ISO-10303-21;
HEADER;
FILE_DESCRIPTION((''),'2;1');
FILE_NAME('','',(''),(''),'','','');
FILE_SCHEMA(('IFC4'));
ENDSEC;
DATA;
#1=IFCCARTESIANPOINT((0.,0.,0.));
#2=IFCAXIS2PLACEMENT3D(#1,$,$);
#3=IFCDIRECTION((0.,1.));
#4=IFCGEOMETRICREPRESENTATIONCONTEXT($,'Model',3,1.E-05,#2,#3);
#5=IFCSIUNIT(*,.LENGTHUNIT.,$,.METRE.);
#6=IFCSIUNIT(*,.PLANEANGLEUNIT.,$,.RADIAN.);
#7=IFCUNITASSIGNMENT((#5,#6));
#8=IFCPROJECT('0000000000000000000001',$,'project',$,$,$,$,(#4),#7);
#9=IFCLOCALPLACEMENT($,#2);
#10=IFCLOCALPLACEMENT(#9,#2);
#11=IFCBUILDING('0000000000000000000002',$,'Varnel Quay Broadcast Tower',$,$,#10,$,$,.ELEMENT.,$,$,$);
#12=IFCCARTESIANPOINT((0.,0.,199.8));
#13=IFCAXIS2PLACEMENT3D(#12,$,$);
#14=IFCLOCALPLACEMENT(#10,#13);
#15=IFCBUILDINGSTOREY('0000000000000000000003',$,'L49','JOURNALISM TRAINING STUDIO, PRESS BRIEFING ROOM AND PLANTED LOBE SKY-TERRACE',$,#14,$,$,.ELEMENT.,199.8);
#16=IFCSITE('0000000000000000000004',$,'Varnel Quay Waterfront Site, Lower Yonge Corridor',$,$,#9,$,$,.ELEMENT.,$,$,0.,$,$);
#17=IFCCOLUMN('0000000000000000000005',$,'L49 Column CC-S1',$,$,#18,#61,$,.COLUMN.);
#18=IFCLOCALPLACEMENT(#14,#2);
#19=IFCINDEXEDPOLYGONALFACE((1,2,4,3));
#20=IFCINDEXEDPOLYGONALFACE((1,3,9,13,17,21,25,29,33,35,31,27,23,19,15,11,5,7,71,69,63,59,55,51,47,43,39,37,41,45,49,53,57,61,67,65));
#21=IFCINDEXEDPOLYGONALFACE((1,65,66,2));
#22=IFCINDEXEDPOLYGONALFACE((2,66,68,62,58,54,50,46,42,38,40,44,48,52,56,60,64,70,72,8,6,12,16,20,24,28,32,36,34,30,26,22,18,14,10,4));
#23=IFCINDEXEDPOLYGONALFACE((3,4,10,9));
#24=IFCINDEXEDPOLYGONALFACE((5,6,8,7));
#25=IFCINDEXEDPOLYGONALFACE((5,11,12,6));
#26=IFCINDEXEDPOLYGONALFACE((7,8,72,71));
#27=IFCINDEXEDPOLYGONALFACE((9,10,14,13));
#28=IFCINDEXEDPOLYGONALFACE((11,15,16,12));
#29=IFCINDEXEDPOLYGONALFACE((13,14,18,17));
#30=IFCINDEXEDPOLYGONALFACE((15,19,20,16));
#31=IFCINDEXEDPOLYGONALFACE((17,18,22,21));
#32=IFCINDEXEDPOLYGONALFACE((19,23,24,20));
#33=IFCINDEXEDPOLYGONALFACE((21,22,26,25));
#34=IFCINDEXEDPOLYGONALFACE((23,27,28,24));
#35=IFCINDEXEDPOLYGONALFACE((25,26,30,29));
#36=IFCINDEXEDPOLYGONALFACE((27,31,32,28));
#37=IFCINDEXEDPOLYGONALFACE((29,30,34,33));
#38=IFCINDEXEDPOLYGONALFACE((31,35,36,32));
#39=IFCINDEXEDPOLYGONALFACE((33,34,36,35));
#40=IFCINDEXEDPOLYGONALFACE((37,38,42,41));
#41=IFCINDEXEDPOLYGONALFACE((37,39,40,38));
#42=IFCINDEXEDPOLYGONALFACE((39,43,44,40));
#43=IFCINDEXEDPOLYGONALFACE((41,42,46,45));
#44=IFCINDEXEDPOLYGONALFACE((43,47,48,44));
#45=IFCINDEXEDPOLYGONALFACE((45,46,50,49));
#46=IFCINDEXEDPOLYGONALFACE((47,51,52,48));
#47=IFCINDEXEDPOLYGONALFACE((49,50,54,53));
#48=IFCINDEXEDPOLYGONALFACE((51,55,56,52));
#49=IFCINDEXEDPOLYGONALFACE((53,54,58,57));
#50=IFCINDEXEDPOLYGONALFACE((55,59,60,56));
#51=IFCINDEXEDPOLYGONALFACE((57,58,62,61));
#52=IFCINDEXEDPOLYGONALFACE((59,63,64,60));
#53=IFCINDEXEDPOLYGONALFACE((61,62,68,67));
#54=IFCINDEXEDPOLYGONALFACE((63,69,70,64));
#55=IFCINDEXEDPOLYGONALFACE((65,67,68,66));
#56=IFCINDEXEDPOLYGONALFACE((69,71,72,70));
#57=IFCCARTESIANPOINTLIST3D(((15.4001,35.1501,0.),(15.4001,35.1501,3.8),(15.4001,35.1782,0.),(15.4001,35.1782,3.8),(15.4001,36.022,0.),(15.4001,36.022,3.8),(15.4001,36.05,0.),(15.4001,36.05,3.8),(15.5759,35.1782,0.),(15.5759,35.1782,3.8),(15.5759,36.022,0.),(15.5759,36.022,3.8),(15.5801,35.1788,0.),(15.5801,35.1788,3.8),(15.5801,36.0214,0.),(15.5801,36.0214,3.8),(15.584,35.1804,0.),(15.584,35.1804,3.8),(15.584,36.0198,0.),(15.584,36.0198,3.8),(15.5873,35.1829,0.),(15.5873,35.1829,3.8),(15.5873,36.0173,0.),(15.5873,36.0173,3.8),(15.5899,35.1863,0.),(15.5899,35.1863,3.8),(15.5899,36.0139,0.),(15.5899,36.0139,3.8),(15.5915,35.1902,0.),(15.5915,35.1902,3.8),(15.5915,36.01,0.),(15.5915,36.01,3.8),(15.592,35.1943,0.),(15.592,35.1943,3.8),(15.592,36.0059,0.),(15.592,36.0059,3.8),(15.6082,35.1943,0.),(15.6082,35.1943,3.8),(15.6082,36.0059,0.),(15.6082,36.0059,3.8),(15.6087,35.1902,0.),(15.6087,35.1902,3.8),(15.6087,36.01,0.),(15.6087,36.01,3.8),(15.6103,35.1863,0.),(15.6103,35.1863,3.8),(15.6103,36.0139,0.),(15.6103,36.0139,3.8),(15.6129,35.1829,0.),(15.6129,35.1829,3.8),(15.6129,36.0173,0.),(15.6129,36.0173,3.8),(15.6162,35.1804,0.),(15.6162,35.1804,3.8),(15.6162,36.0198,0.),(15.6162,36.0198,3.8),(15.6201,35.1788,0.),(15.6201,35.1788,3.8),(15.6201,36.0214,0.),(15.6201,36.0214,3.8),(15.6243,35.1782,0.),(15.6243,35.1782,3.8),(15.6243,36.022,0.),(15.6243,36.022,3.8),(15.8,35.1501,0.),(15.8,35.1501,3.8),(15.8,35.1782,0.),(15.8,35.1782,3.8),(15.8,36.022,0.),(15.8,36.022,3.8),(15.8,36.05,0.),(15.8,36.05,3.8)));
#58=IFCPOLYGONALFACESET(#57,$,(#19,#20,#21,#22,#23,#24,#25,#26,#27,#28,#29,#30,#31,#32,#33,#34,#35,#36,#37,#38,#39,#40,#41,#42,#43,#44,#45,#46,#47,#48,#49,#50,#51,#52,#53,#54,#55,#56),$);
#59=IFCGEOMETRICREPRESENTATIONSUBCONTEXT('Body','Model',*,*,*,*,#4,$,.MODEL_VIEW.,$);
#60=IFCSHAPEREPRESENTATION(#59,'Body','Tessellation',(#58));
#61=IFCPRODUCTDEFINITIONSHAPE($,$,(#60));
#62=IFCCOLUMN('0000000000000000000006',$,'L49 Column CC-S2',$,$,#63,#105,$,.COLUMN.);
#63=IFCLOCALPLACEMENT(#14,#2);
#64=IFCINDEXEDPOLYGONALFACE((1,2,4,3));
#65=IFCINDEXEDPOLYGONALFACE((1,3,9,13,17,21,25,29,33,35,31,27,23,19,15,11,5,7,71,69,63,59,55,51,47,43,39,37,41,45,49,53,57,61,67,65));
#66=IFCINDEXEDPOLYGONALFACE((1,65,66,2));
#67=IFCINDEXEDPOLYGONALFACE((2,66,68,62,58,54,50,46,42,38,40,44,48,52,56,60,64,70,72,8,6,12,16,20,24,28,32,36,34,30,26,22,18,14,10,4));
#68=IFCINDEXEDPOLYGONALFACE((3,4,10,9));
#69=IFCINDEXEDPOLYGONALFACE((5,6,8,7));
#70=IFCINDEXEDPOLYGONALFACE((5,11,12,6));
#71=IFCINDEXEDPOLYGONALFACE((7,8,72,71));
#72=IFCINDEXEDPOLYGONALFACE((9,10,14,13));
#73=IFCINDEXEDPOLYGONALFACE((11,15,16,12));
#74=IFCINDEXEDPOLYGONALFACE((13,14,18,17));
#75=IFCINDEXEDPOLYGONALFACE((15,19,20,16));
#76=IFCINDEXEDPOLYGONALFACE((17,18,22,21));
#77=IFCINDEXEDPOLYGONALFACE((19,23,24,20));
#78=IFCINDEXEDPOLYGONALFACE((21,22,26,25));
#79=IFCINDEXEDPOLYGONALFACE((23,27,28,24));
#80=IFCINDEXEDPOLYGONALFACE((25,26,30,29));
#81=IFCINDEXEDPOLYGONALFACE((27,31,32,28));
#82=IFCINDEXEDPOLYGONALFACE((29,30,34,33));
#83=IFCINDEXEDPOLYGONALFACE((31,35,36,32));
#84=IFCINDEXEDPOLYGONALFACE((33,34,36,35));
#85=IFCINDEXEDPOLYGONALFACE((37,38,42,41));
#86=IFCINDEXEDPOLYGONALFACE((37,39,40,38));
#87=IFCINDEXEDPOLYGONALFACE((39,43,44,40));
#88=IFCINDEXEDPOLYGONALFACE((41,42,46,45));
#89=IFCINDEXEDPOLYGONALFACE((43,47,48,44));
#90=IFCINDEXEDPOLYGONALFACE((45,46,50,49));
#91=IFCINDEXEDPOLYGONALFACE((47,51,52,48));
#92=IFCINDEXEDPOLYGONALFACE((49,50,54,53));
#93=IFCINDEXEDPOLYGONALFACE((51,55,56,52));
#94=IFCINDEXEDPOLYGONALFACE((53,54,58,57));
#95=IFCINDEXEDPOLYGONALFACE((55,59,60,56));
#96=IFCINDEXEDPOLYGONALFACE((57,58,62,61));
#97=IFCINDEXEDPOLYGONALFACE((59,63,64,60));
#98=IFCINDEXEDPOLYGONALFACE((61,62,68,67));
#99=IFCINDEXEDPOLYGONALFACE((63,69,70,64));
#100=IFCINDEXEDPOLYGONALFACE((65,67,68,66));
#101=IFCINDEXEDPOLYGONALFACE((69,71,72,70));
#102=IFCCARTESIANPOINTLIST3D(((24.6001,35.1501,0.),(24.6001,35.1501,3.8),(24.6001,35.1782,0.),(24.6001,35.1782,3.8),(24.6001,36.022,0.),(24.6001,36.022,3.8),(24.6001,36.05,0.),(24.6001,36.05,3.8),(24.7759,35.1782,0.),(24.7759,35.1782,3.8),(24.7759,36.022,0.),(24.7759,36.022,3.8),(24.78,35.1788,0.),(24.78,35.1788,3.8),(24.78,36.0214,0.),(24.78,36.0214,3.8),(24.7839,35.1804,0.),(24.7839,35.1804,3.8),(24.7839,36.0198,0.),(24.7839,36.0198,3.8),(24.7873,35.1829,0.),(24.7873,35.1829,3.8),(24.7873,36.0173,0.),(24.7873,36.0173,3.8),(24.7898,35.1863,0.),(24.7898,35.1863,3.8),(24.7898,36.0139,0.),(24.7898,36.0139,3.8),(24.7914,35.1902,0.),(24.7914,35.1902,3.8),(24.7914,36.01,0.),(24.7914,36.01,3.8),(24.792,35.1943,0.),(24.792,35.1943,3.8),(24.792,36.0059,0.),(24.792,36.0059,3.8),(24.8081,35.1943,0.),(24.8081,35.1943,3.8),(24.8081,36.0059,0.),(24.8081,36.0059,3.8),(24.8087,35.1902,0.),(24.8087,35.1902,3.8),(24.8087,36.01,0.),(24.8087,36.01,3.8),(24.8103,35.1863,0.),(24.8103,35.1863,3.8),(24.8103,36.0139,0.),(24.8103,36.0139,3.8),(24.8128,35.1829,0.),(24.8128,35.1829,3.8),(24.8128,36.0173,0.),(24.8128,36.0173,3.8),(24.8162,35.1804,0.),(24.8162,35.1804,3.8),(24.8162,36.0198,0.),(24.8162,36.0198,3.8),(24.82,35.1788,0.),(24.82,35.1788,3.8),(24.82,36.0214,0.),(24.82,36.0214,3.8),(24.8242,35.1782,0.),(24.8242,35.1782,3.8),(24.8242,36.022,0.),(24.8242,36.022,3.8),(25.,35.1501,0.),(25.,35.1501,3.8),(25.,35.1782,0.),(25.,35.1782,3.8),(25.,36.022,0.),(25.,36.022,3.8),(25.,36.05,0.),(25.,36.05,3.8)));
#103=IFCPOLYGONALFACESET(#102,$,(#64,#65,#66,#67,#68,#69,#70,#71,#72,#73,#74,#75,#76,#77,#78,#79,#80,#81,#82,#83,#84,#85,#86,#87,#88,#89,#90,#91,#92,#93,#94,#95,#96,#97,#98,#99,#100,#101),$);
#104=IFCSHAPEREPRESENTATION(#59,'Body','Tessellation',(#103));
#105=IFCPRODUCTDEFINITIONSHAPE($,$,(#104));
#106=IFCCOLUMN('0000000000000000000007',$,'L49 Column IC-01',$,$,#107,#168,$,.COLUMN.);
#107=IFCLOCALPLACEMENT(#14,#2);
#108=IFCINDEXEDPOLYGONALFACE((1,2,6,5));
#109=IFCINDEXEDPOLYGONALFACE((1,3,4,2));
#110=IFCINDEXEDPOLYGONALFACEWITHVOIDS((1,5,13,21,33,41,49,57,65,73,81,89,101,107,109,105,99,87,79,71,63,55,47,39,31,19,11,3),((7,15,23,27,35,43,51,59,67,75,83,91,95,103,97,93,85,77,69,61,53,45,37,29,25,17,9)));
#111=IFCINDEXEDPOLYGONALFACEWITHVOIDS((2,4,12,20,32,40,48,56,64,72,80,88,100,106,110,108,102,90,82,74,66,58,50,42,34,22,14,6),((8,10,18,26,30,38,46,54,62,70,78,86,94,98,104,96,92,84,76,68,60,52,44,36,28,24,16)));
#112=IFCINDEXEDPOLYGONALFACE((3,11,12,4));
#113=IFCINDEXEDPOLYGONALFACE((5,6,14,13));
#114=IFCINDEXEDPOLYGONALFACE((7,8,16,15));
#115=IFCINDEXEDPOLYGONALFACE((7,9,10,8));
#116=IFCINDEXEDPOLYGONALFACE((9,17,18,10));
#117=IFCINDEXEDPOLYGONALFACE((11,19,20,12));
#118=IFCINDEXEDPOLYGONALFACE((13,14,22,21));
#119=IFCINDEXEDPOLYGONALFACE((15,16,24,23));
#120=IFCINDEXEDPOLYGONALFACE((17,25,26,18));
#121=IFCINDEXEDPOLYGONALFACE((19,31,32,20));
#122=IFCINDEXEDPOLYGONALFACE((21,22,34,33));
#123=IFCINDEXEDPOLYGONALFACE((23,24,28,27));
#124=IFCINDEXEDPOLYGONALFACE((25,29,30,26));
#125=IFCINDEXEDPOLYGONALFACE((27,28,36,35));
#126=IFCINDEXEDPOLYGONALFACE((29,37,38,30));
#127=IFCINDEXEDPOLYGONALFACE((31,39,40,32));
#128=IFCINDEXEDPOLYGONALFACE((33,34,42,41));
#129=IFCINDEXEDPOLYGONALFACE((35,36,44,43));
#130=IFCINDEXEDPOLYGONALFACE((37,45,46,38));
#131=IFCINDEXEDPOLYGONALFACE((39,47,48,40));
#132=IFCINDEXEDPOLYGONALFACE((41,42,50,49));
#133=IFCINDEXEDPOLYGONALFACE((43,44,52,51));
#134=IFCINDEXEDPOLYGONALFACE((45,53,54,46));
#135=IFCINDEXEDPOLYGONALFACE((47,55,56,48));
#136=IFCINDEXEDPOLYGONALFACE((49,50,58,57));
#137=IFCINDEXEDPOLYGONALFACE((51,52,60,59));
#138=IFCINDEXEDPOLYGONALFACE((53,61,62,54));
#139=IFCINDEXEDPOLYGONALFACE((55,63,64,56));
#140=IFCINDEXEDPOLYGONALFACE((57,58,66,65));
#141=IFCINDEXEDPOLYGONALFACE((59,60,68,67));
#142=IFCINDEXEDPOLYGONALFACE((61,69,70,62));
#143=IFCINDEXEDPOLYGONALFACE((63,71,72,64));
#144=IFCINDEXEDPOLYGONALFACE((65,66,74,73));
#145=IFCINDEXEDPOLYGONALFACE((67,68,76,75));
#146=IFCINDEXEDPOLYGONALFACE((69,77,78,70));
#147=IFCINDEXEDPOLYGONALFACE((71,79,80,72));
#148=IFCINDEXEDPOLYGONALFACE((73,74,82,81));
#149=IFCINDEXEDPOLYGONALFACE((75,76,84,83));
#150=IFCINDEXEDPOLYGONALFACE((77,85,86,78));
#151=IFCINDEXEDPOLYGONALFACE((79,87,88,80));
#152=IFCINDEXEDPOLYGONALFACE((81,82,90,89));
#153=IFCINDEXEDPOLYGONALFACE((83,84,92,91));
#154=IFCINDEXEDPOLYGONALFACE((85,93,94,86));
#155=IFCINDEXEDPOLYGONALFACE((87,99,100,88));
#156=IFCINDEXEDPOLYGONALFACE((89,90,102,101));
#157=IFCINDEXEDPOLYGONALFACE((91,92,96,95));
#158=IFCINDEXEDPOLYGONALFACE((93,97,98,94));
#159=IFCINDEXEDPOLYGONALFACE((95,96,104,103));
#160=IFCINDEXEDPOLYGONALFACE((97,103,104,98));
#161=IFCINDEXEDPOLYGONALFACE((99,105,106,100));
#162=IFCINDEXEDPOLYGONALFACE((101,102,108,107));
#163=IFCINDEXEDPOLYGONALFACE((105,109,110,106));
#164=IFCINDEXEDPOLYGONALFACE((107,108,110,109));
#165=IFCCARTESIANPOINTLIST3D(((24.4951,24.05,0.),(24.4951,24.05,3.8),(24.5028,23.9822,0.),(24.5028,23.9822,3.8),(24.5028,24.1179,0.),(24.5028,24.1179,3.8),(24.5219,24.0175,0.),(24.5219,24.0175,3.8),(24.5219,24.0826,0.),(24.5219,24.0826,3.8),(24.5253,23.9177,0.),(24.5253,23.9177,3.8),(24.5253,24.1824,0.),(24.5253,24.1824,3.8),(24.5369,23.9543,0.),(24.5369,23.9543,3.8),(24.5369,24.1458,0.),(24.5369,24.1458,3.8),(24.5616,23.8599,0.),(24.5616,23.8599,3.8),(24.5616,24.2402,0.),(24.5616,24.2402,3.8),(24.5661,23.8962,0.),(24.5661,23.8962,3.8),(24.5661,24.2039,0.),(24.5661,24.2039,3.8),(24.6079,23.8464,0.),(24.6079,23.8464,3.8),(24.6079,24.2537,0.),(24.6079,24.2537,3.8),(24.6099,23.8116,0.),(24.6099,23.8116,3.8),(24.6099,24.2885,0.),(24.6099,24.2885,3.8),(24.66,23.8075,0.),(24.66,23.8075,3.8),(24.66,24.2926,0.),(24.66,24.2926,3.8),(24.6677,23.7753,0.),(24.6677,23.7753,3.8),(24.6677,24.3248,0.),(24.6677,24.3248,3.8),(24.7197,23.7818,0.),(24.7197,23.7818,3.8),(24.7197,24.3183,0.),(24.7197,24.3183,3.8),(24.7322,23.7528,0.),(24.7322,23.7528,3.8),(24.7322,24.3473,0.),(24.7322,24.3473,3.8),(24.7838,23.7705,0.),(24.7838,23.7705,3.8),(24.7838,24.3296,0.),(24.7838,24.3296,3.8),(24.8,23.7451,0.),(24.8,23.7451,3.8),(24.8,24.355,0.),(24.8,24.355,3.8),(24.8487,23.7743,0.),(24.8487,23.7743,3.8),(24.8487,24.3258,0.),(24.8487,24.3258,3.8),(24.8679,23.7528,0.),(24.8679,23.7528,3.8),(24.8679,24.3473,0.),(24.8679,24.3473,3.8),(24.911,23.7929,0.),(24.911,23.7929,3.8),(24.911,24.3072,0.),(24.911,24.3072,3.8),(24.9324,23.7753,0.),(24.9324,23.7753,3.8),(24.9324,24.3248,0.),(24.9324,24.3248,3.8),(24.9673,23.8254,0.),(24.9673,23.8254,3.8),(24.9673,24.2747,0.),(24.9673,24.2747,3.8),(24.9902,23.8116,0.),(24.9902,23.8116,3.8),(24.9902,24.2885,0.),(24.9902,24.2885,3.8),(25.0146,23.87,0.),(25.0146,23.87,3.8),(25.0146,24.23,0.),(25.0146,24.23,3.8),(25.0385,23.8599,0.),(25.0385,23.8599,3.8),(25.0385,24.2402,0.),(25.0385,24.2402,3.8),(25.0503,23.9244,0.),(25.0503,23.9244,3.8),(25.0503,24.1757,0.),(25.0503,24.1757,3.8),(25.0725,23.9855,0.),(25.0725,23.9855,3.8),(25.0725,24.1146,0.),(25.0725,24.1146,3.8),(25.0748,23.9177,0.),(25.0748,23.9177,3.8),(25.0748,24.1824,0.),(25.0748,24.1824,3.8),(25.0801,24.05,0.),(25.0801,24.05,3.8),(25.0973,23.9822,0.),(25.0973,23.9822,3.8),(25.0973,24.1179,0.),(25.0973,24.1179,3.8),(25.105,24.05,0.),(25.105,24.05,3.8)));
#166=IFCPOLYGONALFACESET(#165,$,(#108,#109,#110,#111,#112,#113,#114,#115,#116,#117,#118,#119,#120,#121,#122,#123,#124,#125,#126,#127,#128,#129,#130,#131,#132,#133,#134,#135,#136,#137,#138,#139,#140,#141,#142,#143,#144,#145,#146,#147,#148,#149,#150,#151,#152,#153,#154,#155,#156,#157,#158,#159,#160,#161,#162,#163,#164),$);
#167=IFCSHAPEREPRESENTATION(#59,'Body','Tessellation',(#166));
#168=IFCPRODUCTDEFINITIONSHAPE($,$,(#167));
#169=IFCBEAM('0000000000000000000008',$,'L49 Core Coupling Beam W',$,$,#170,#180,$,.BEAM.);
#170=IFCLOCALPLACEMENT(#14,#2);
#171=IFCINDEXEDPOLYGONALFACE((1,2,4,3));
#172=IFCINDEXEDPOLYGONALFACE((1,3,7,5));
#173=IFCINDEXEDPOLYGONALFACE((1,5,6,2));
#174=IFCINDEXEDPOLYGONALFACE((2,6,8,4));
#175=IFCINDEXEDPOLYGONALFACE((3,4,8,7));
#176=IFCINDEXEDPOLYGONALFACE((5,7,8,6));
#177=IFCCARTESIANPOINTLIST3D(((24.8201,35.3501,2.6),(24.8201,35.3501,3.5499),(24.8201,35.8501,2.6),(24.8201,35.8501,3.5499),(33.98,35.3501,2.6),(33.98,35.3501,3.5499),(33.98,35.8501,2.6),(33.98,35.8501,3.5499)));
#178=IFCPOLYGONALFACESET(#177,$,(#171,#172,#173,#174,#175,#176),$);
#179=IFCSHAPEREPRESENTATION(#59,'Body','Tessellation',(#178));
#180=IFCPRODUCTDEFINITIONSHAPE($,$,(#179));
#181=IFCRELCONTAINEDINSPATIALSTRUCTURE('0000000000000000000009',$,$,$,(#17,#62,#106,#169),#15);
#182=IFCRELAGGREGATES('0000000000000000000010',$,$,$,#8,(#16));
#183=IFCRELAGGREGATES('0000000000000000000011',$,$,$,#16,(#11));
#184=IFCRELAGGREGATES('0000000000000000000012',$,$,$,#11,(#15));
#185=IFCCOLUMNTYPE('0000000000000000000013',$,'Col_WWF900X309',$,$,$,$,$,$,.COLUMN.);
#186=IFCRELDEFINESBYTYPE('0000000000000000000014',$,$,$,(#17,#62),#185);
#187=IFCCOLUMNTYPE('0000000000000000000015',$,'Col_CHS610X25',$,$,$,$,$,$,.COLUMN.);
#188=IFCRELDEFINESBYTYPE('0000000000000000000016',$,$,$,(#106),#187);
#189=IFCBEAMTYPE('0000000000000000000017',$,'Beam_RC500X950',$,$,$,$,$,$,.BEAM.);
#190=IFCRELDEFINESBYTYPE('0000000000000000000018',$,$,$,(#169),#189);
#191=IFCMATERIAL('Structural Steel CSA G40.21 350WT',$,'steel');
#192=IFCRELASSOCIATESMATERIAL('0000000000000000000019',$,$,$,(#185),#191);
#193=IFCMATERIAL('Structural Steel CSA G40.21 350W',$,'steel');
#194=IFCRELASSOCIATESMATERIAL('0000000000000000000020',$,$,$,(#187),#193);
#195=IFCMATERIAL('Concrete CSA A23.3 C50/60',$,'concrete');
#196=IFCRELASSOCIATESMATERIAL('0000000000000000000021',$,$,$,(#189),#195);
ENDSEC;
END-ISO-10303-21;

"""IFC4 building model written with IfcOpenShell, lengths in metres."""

from ifc_helpers import new_model, si_unit, direction, frame, origin, origin_2d, place, context, subcontext, project, spatial, rectangle, hollow_circle, i_section, extrude, source, transform, mapped, material, material_profile, profile_set, type_object, type_shapes, element, save


model = new_model("IFC4")

# Units and contexts
model_context = context("Model", 3, precision=1e-05, world=origin(), true_north=direction((0.0, 1.0)))
body_context = subcontext(model_context, "Body", "Model", "MODEL_VIEW")
ifc_project = project(units=[si_unit("LENGTHUNIT", "METRE"), si_unit("PLANEANGLEUNIT", "RADIAN")], contexts=[model_context])

# Site, building, storey
site_placement = place(None, origin())
site = spatial("IfcSite", under=ifc_project, at=site_placement, Name="Varnel Quay Waterfront Site, Lower Yonge Corridor", CompositionType="ELEMENT", RefElevation=0.0)
building_placement = place(site_placement, origin())
building = spatial("IfcBuilding", under=site, at=building_placement, Name="Varnel Quay Broadcast Tower", CompositionType="ELEMENT")
storey_placement = place(building_placement, frame((0.0, 0.0, 199.8)))
storey = spatial("IfcBuildingStorey", under=building, at=storey_placement, Name="L49", Description="JOURNALISM TRAINING STUDIO, PRESS BRIEFING ROOM AND PLANTED LOBE SKY-TERRACE", CompositionType="ELEMENT", Elevation=199.8)

# Columns
ifc_material_1 = material(Name="Structural Steel CSA G40.21 350WT", Category="steel")
ifc_material_profile_1 = material_profile(ifc_material_1, i_section(OverallWidth=0.3999, OverallDepth=0.8999, WebThickness=0.0161, FlangeThickness=0.0281, FilletRadius=0.0161, at=origin_2d()), Name="WWF900X309")
ifc_profile_set_1 = profile_set([ifc_material_profile_1], Name="Structural Steel CSA G40.21 350WT")
column_type_1 = type_object("IfcColumnType", Name="Col_WWF900X309", PredefinedType="COLUMN", material=ifc_profile_set_1)
shared_shape_1 = source(origin(), body_context, "Body", "SweptSolid", [
    extrude(i_section(OverallWidth=0.3999, OverallDepth=0.8999, WebThickness=0.0161, FlangeThickness=0.0281, FilletRadius=0.0161, at=origin_2d()), origin(), (0.0, 0.0, 1.0), 3.8),
])
type_shapes(column_type_1, [shared_shape_1])
for number, where, z_axis, x_axis, name in (
    (1, (15.6001, 35.6001, 0.0), (0.0, 0.0, 1.0), (1.0, 0.0, 0.0), "L49 Column CC-S1"),
    (2, (24.8, 35.6001, 0.0), (0.0, 0.0, 1.0), (1.0, 0.0, 0.0), "L49 Column CC-S2"),
):
    element("IfcColumn", number, at=place(storey_placement, frame(where, z_axis=z_axis, x_axis=x_axis)), inside=storey, type_object=column_type_1, Name=name, PredefinedType="COLUMN", context=body_context, shape_type="MappedRepresentation", body=[
        mapped(shared_shape_1, transform((0.0, 0.0, 0.0), x_axis=(1.0, 0.0, 0.0), y_axis=(0.0, 1.0, 0.0), z_axis=(0.0, 0.0, 1.0), scale=1.0)),
    ])
ifc_material_2 = material(Name="Structural Steel CSA G40.21 350W", Category="steel")
ifc_material_profile_2 = material_profile(ifc_material_2, hollow_circle(Radius=0.3049, WallThickness=0.0249, at=origin_2d()), Name="CHS610X25")
ifc_profile_set_2 = profile_set([ifc_material_profile_2], Name="Structural Steel CSA G40.21 350W")
column_type_2 = type_object("IfcColumnType", Name="Col_CHS610X25", PredefinedType="COLUMN", material=ifc_profile_set_2)
shared_shape_2 = source(origin(), body_context, "Body", "SweptSolid", [
    extrude(hollow_circle(Radius=0.3049, WallThickness=0.0249, at=origin_2d()), origin(), (0.0, 0.0, 1.0), 3.8),
])
type_shapes(column_type_2, [shared_shape_2])
column_placement = place(storey_placement, frame((24.8, 24.05, 0.0), z_axis=(0.0, 0.0, 1.0), x_axis=(1.0, 0.0, 0.0)))
element("IfcColumn", 3, at=column_placement, inside=storey, type_object=column_type_2, Name="L49 Column IC-01", PredefinedType="COLUMN", context=body_context, shape_type="MappedRepresentation", body=[
    mapped(shared_shape_2, transform((0.0, 0.0, 0.0), x_axis=(1.0, 0.0, 0.0), y_axis=(0.0, 1.0, 0.0), z_axis=(0.0, 0.0, 1.0), scale=1.0)),
])

# Beam
ifc_material_3 = material(Name="Concrete CSA A23.3 C50/60", Category="concrete")
ifc_material_profile_3 = material_profile(ifc_material_3, rectangle(XDim=0.5, YDim=0.95, at=origin_2d()), Name="RC500X950")
ifc_profile_set_3 = profile_set([ifc_material_profile_3], Name="Concrete CSA A23.3 C50/60")
beam_type_1 = type_object("IfcBeamType", Name="Beam_RC500X950", PredefinedType="BEAM", material=ifc_profile_set_3)
shared_shape_3 = source(origin(), body_context, "Body", "SweptSolid", [
    extrude(rectangle(XDim=0.5, YDim=0.95, at=origin_2d()), origin(), (0.0, 0.0, 1.0), 9.1599),
])
type_shapes(beam_type_1, [shared_shape_3])
beam_1_placement = place(storey_placement, frame((24.8201, 35.6001, 3.075), z_axis=(1.0, 0.0, 0.0), x_axis=(0.0, 1.0, 0.0)))
element("IfcBeam", 4, at=beam_1_placement, inside=storey, type_object=beam_type_1, Name="L49 Core Coupling Beam W", PredefinedType="BEAM", context=body_context, shape_type="MappedRepresentation", body=[
    mapped(shared_shape_3, transform((0.0, 0.0, 0.0), x_axis=(1.0, 0.0, 0.0), y_axis=(0.0, 1.0, 0.0), z_axis=(0.0, 0.0, 1.0), scale=1.0)),
])

save(model, "model.ifc")
